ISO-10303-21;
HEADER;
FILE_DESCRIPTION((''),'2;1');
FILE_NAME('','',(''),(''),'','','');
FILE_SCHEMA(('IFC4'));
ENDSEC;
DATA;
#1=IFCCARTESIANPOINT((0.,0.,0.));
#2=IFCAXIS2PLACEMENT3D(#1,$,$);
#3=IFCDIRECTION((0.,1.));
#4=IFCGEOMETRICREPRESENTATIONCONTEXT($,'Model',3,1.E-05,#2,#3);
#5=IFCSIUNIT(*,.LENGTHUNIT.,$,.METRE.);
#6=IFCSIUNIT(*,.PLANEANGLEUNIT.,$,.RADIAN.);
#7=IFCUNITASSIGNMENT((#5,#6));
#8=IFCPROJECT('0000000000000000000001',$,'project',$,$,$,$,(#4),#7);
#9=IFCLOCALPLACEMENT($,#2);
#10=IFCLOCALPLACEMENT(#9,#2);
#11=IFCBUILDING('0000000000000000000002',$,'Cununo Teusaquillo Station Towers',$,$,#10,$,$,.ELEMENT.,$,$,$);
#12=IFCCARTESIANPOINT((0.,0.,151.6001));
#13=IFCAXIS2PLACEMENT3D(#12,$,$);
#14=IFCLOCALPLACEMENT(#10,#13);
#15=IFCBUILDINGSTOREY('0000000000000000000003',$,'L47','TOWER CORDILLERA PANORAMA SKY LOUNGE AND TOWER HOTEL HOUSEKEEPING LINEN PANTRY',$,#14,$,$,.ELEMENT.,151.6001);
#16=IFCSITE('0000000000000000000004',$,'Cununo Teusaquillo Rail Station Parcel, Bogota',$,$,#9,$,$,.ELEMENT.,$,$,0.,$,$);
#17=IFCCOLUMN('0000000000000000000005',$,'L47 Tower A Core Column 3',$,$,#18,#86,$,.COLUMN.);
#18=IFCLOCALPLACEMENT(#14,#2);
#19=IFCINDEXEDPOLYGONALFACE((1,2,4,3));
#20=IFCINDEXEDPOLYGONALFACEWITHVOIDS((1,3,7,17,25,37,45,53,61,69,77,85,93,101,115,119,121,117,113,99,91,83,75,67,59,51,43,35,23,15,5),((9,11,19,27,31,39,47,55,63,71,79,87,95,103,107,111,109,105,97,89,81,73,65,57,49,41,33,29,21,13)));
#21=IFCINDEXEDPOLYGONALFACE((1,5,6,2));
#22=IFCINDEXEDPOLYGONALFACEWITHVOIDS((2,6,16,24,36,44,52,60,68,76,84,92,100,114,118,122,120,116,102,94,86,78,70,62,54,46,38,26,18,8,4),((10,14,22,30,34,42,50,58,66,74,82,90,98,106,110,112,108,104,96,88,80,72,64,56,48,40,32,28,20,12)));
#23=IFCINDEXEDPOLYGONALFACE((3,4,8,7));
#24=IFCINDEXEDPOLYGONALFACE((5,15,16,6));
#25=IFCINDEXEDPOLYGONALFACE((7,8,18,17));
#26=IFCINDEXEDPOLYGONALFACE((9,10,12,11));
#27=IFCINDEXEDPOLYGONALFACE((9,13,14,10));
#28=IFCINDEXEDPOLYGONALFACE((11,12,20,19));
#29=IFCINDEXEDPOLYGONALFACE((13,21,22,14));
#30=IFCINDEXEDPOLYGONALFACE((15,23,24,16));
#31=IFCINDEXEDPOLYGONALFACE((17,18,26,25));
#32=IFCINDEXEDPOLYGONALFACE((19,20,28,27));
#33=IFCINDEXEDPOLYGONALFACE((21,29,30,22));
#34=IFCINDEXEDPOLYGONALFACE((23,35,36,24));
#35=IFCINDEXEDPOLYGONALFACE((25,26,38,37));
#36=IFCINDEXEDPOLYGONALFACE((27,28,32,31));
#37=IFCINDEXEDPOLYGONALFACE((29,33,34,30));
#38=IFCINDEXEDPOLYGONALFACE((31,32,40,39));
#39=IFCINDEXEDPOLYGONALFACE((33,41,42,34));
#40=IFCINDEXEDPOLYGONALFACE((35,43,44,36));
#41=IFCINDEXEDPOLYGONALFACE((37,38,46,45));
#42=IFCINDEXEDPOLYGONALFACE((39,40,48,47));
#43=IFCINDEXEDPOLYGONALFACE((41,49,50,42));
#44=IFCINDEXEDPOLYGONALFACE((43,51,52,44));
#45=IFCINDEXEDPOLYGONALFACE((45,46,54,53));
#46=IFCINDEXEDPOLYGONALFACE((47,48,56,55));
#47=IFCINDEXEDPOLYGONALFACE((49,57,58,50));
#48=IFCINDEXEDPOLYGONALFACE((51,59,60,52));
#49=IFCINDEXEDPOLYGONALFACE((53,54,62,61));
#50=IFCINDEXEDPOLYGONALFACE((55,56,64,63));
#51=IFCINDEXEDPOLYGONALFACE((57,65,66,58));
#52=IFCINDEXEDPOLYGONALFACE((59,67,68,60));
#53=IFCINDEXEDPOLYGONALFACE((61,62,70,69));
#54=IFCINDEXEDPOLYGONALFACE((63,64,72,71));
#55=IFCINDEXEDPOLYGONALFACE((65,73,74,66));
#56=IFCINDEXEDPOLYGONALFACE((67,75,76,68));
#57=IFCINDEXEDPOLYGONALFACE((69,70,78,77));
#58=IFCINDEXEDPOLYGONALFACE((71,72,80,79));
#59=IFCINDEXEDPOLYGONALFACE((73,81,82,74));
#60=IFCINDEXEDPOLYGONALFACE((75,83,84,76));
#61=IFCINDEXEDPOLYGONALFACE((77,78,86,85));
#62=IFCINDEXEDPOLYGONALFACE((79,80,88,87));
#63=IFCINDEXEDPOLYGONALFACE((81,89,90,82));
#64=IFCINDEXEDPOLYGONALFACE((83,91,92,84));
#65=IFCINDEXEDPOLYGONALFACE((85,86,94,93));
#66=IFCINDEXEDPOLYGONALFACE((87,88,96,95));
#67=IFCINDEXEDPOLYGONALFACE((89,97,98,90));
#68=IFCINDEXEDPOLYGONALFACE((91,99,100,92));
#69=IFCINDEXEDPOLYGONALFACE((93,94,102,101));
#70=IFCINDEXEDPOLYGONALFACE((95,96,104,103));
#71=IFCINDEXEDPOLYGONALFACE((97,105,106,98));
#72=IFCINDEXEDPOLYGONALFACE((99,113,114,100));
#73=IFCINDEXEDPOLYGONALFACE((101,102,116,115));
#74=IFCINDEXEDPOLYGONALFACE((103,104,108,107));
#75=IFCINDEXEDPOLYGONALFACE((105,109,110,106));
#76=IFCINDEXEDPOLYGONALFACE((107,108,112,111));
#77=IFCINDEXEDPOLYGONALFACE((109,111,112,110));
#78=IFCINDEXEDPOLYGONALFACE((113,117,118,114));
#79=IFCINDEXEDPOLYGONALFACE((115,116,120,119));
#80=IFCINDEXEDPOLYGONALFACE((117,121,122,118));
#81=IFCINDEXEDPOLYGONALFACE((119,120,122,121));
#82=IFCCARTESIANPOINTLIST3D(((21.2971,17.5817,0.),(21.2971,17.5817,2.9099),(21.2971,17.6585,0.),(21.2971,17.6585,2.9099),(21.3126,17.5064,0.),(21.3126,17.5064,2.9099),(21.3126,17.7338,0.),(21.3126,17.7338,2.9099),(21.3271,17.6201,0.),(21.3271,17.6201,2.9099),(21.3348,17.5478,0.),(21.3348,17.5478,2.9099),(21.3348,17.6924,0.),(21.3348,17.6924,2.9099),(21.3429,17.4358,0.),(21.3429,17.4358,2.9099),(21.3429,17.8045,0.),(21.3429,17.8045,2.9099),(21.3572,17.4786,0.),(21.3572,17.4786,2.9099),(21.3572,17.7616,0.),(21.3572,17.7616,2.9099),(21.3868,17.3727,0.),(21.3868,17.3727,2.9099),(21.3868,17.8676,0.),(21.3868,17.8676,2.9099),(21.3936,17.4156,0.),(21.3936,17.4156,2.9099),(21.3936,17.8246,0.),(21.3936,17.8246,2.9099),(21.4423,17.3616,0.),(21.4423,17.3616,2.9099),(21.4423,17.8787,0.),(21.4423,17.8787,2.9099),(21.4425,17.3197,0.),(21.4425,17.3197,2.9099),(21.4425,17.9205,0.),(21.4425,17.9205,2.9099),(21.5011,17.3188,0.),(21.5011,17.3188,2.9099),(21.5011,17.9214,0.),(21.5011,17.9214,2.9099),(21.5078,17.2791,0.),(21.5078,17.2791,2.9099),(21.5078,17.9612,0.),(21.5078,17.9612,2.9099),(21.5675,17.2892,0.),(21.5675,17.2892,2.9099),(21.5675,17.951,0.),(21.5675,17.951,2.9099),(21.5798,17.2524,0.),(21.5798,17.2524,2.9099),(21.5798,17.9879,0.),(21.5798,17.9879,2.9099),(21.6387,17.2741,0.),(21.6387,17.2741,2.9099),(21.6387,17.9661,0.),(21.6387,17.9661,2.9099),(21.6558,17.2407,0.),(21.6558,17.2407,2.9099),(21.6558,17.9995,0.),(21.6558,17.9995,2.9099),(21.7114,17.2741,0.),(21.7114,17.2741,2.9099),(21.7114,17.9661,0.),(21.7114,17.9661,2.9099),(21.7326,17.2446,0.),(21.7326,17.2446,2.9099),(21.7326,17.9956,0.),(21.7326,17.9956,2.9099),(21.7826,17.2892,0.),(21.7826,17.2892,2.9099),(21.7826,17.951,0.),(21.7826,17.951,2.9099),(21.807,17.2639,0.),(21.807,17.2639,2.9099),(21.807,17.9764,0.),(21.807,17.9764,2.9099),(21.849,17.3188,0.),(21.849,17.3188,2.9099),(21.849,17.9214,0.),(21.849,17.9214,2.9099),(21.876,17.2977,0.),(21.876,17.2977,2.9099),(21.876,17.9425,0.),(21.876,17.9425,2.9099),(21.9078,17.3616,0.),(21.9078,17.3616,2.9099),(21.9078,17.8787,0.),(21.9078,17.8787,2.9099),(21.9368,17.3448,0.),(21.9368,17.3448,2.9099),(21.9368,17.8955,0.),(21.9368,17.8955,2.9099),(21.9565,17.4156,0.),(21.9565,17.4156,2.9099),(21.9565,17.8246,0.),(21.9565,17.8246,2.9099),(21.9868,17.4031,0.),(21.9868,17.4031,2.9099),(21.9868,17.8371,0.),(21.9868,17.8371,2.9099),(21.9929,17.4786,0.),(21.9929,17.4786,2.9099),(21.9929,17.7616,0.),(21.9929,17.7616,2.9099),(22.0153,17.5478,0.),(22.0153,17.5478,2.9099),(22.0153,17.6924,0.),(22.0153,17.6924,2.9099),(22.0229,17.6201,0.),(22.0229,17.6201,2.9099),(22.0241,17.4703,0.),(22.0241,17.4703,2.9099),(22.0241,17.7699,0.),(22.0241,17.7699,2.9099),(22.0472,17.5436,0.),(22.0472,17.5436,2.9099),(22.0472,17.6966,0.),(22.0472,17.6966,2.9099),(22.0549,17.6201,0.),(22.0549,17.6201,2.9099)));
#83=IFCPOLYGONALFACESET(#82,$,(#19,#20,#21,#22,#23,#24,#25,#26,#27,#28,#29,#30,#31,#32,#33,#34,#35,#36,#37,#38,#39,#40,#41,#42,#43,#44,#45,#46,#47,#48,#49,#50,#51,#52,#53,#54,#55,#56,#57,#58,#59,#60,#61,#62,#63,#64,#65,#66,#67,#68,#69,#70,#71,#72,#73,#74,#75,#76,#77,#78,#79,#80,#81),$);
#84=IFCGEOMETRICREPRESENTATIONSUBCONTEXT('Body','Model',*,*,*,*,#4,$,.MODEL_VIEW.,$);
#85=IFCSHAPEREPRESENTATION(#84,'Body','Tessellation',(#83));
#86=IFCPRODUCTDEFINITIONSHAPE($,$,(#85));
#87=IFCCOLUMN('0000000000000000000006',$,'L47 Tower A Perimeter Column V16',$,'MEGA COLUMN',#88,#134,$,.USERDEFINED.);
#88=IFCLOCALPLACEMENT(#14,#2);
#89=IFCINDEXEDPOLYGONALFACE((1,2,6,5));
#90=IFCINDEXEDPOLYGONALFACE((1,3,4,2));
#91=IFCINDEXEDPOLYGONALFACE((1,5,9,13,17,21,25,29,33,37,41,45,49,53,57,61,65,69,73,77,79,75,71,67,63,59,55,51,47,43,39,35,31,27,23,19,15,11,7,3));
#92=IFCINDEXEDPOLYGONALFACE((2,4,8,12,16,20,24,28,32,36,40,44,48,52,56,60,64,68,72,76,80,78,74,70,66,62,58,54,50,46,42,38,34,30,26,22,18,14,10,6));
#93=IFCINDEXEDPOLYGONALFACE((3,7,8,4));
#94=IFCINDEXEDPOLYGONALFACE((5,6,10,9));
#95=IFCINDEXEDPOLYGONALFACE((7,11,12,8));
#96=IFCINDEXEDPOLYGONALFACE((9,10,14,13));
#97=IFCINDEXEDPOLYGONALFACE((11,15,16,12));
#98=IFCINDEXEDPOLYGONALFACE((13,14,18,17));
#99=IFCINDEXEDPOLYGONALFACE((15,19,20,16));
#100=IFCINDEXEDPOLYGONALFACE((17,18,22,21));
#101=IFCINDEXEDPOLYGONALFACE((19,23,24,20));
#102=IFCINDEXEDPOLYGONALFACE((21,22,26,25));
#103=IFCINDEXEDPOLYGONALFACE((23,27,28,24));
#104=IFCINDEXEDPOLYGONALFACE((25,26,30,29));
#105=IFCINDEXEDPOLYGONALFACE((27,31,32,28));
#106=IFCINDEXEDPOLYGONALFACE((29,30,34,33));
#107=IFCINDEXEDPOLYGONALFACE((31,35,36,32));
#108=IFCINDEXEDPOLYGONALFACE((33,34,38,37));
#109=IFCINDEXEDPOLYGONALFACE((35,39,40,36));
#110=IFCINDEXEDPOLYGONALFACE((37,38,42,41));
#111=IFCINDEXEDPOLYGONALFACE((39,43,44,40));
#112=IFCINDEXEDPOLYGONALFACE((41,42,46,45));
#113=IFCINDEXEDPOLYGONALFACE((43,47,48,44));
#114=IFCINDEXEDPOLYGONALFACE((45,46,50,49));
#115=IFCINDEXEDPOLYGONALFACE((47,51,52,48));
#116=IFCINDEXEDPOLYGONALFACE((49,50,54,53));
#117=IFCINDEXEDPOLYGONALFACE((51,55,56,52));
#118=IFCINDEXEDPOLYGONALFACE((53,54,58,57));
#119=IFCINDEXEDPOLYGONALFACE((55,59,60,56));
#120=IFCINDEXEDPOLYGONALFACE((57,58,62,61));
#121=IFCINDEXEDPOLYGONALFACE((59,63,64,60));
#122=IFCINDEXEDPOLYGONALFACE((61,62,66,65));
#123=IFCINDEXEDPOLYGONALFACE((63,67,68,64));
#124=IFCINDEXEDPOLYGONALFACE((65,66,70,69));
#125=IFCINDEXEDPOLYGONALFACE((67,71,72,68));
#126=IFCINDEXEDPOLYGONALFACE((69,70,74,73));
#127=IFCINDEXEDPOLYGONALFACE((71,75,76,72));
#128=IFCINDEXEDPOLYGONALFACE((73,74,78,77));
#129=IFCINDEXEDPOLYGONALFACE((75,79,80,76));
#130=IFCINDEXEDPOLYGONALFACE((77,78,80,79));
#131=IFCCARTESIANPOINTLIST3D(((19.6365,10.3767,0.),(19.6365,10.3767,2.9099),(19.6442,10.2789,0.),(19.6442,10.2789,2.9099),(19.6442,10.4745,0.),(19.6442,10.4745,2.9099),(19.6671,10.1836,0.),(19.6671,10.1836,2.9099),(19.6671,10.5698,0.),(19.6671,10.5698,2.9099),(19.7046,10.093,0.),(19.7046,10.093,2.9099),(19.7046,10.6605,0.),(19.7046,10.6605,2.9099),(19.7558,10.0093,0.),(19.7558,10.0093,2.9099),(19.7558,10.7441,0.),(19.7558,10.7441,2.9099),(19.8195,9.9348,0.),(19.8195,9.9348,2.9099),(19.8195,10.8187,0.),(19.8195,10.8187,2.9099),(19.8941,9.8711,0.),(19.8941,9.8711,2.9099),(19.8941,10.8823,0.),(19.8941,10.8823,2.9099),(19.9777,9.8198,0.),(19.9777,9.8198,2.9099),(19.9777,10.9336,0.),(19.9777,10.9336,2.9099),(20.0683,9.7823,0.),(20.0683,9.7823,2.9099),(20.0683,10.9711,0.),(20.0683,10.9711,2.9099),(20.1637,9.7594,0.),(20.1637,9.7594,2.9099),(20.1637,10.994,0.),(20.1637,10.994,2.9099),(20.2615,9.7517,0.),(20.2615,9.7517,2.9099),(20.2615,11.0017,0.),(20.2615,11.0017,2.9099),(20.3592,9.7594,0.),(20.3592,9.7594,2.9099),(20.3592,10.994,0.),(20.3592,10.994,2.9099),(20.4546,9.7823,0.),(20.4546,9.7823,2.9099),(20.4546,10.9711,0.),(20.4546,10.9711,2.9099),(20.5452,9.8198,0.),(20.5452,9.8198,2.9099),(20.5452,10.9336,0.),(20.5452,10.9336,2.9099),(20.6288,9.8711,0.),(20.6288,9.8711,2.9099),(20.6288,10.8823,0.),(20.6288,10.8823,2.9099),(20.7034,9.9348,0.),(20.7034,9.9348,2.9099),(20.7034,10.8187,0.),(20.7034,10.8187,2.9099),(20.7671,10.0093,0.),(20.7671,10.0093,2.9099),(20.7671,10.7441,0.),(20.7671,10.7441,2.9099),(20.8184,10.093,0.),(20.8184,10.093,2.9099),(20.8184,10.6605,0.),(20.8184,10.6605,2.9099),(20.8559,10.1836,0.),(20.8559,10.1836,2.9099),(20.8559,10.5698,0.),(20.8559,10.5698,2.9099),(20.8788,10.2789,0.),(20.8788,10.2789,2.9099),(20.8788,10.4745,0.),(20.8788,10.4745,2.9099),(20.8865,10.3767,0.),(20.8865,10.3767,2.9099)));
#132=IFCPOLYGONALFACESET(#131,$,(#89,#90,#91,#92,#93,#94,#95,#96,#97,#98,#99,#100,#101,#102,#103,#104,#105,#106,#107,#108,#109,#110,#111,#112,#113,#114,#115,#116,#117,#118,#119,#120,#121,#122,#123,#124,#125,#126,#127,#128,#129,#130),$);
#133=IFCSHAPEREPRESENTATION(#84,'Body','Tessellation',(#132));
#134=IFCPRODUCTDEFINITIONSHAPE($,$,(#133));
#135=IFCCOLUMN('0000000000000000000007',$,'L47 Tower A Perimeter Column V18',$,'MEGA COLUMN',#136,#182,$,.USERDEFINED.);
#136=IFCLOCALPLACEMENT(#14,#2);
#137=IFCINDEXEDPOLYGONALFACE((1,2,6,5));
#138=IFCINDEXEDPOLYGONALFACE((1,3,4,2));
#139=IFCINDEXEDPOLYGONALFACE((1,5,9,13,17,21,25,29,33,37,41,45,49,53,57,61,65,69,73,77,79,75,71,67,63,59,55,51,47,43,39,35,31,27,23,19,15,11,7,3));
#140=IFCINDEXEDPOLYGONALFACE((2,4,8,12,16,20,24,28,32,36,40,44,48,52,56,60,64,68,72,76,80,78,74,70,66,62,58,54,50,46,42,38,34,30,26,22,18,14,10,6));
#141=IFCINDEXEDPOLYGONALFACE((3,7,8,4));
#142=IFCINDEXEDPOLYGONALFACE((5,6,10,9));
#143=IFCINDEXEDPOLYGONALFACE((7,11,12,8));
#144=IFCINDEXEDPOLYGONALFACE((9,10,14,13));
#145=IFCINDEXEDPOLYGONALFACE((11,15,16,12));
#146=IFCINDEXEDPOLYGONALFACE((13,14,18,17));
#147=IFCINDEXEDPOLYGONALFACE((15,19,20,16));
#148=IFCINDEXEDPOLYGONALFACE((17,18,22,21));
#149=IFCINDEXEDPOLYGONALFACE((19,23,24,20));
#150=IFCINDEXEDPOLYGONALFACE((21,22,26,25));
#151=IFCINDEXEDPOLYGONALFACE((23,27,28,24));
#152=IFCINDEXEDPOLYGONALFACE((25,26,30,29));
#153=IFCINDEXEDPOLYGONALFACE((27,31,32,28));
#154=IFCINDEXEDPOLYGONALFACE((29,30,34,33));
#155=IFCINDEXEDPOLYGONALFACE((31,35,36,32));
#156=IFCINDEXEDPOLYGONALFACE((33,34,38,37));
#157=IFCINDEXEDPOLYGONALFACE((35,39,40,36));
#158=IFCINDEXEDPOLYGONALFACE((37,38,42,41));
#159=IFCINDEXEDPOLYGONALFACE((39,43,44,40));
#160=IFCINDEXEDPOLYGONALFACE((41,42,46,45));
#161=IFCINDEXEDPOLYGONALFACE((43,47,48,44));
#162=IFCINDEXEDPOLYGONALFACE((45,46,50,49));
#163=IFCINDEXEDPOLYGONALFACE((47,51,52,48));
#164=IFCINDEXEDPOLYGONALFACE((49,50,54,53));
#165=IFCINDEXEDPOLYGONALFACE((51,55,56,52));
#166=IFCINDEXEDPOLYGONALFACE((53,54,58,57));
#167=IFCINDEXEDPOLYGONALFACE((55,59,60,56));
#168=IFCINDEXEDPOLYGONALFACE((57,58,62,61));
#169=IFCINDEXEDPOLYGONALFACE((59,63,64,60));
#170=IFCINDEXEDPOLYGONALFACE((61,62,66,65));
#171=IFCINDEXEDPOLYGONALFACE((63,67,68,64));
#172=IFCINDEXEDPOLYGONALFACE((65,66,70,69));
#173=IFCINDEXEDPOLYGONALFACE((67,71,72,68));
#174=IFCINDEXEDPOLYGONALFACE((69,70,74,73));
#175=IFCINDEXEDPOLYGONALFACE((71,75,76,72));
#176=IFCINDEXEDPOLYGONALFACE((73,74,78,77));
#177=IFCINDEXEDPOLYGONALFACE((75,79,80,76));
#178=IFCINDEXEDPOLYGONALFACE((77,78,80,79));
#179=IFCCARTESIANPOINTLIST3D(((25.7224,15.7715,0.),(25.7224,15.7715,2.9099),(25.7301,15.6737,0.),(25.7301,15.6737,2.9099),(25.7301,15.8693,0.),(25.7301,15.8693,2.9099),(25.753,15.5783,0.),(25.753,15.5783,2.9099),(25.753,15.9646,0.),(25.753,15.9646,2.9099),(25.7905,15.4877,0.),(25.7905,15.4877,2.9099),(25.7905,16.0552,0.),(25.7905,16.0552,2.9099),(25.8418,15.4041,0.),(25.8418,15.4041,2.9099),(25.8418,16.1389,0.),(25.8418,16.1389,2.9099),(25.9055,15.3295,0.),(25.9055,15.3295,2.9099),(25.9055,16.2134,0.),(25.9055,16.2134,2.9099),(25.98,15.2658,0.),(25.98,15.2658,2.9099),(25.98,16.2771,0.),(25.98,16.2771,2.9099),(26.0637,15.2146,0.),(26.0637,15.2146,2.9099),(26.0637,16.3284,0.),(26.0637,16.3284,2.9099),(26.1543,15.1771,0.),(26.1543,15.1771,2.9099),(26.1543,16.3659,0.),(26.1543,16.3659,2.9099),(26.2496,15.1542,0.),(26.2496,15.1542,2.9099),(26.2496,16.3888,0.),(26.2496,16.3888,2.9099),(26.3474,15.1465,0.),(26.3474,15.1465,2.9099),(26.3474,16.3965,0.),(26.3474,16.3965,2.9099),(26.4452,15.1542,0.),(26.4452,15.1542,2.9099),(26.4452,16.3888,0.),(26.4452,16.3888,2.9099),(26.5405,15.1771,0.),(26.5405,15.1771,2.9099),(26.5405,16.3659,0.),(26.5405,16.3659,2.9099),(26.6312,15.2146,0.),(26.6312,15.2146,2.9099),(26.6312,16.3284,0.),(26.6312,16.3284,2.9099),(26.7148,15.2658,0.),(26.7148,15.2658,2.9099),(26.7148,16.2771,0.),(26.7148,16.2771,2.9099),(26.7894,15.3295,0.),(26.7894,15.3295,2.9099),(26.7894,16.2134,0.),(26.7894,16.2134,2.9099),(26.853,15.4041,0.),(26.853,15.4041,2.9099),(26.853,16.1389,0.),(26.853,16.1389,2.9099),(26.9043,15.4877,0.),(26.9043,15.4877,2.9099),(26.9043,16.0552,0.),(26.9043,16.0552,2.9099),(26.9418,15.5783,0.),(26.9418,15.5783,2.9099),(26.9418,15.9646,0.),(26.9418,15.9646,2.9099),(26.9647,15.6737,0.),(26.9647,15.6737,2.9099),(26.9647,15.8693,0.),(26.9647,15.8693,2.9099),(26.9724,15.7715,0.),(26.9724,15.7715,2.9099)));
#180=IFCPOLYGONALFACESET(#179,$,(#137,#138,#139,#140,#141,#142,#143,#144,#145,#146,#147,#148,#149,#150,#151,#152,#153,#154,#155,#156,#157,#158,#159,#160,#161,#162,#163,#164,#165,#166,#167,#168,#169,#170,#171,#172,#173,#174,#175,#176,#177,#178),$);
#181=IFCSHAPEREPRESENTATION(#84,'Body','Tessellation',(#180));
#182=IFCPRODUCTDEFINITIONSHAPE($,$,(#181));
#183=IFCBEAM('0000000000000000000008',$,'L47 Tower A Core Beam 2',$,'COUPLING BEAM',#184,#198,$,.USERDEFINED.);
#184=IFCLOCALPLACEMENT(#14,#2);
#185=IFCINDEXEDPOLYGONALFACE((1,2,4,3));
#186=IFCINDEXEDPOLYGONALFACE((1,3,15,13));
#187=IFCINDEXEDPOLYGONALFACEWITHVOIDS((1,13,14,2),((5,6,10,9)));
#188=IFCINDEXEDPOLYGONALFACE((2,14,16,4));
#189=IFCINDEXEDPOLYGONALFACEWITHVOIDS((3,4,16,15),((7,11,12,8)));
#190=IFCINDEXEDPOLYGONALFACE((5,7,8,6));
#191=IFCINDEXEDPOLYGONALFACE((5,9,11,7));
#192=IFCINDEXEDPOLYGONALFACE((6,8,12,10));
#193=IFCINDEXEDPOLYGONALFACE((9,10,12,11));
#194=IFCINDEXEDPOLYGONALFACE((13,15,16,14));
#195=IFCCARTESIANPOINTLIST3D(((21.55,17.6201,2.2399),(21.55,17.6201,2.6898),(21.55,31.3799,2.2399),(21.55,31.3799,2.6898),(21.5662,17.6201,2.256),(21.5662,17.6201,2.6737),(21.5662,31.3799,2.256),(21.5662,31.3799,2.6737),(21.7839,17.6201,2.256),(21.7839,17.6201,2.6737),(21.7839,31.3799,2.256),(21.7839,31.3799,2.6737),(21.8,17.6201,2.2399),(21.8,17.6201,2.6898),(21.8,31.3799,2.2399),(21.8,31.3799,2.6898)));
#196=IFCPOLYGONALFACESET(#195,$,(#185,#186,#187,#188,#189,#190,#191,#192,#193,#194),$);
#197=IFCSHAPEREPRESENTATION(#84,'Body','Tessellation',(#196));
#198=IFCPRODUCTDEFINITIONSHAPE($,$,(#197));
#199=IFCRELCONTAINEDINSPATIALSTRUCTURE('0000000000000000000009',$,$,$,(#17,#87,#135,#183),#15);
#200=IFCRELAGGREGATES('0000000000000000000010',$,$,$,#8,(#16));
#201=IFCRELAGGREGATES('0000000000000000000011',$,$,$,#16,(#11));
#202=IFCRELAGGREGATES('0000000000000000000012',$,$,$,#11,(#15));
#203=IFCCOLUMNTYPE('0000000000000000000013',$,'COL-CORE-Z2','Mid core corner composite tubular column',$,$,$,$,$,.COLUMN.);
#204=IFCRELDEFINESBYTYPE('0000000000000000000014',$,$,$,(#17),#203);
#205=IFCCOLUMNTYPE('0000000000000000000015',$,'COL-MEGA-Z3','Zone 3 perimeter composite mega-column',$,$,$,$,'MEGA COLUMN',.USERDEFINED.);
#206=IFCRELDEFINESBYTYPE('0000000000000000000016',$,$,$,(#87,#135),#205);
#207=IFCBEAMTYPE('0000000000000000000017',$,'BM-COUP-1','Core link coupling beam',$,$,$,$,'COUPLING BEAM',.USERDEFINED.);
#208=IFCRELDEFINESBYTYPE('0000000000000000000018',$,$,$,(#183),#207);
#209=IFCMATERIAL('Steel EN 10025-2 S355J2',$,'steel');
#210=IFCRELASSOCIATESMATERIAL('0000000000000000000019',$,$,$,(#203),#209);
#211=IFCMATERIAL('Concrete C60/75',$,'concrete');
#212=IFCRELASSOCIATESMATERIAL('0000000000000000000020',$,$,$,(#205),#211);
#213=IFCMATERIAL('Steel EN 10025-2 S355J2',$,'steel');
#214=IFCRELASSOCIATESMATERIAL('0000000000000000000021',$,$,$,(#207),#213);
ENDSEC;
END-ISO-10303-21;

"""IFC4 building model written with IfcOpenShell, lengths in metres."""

from ifc_helpers import new_model, si_unit, direction, frame, origin, origin_2d, place, context, subcontext, project, spatial, hollow_rectangle, circle, hollow_circle, extrude, material, material_profile, profile_set, type_object, element, save


model = new_model("IFC4")

# Units and contexts
model_context = context("Model", 3, precision=1e-05, world=origin(), true_north=direction((0.0, 1.0)))
body_context = subcontext(model_context, "Body", "Model", "MODEL_VIEW")
ifc_project = project(units=[si_unit("LENGTHUNIT", "METRE"), si_unit("PLANEANGLEUNIT", "RADIAN")], contexts=[model_context])

# Site, building, storey
site_placement = place(None, origin())
site = spatial("IfcSite", under=ifc_project, at=site_placement, Name="Cununo Teusaquillo Rail Station Parcel, Bogota", CompositionType="ELEMENT", RefElevation=0.0)
building_placement = place(site_placement, origin())
building = spatial("IfcBuilding", under=site, at=building_placement, Name="Cununo Teusaquillo Station Towers", CompositionType="ELEMENT")
storey_placement = place(building_placement, frame((0.0, 0.0, 151.6001)))
storey = spatial("IfcBuildingStorey", under=building, at=storey_placement, Name="L47", Description="TOWER CORDILLERA PANORAMA SKY LOUNGE AND TOWER HOTEL HOUSEKEEPING LINEN PANTRY", CompositionType="ELEMENT", Elevation=151.6001)

# Columns
ifc_material_1 = material(Name="Steel EN 10025-2 S355J2", Category="steel")
ifc_material_profile_1 = material_profile(ifc_material_1, hollow_circle(Radius=0.3799, WallThickness=0.032, at=origin_2d()), Name="CHS 760x32")
ifc_profile_set_1 = profile_set([ifc_material_profile_1], Name="Steel EN 10025-2 S355J2")
column_type_1 = type_object("IfcColumnType", Name="COL-CORE-Z2", Description="Mid core corner composite tubular column", PredefinedType="COLUMN", material=ifc_profile_set_1)
column_placement = place(storey_placement, frame((21.675, 17.6201, 0.0), z_axis=(0.0, 0.0, 1.0), x_axis=(1.0, 0.0, 0.0)))
element("IfcColumn", 1, at=column_placement, inside=storey, type_object=column_type_1, Name="L47 Tower A Core Column 3", PredefinedType="COLUMN", context=body_context, shape_type="SweptSolid", body=[
    extrude(hollow_circle(Radius=0.3799, WallThickness=0.032, at=origin_2d()), origin(), (0.0, 0.0, 1.0), 2.9099),
])
ifc_material_2 = material(Name="Concrete C60/75", Category="concrete")
ifc_material_profile_2 = material_profile(ifc_material_2, circle(Radius=0.625, at=origin_2d()), Name="RC-CIRC-1250")
ifc_profile_set_2 = profile_set([ifc_material_profile_2], Name="Concrete C60/75")
column_type_2 = type_object("IfcColumnType", Name="COL-MEGA-Z3", Description="Zone 3 perimeter composite mega-column", ElementType="MEGA COLUMN", PredefinedType="USERDEFINED", material=ifc_profile_set_2)
for number, where, z_axis, x_axis, name in (
    (2, (20.2615, 10.3767, 0.0), (0.0, 0.0, 1.0), (1.0, 0.0, 0.0), "L47 Tower A Perimeter Column V16"),
    (3, (26.3474, 15.7715, 0.0), (0.0, 0.0, 1.0), (1.0, 0.0, 0.0), "L47 Tower A Perimeter Column V18"),
):
    element("IfcColumn", number, at=place(storey_placement, frame(where, z_axis=z_axis, x_axis=x_axis)), inside=storey, type_object=column_type_2, Name=name, ObjectType="MEGA COLUMN", PredefinedType="USERDEFINED", context=body_context, shape_type="SweptSolid", body=[
        extrude(circle(Radius=0.625, at=origin_2d()), origin(), (0.0, 0.0, 1.0), 2.9099),
    ])

# Beam
ifc_material_3 = material(Name="Steel EN 10025-2 S355J2", Category="steel")
ifc_material_profile_3 = material_profile(ifc_material_3, hollow_rectangle(XDim=0.25, YDim=0.45, WallThickness=0.0161, at=origin_2d()), Name="RHS 450x250x16")
ifc_profile_set_3 = profile_set([ifc_material_profile_3], Name="Steel EN 10025-2 S355J2")
beam_type_1 = type_object("IfcBeamType", Name="BM-COUP-1", Description="Core link coupling beam", ElementType="COUPLING BEAM", PredefinedType="USERDEFINED", material=ifc_profile_set_3)
beam_1_placement = place(storey_placement, frame((21.675, 17.6201, 2.4648), z_axis=(0.0, 1.0, 0.0), x_axis=(-1.0, 0.0, 0.0)))
element("IfcBeam", 4, at=beam_1_placement, inside=storey, type_object=beam_type_1, Name="L47 Tower A Core Beam 2", ObjectType="COUPLING BEAM", PredefinedType="USERDEFINED", context=body_context, shape_type="SweptSolid", body=[
    extrude(hollow_rectangle(XDim=0.25, YDim=0.45, WallThickness=0.0161, at=origin_2d()), origin(), (0.0, 0.0, 1.0), 13.7598),
])

save(model, "model.ifc")
